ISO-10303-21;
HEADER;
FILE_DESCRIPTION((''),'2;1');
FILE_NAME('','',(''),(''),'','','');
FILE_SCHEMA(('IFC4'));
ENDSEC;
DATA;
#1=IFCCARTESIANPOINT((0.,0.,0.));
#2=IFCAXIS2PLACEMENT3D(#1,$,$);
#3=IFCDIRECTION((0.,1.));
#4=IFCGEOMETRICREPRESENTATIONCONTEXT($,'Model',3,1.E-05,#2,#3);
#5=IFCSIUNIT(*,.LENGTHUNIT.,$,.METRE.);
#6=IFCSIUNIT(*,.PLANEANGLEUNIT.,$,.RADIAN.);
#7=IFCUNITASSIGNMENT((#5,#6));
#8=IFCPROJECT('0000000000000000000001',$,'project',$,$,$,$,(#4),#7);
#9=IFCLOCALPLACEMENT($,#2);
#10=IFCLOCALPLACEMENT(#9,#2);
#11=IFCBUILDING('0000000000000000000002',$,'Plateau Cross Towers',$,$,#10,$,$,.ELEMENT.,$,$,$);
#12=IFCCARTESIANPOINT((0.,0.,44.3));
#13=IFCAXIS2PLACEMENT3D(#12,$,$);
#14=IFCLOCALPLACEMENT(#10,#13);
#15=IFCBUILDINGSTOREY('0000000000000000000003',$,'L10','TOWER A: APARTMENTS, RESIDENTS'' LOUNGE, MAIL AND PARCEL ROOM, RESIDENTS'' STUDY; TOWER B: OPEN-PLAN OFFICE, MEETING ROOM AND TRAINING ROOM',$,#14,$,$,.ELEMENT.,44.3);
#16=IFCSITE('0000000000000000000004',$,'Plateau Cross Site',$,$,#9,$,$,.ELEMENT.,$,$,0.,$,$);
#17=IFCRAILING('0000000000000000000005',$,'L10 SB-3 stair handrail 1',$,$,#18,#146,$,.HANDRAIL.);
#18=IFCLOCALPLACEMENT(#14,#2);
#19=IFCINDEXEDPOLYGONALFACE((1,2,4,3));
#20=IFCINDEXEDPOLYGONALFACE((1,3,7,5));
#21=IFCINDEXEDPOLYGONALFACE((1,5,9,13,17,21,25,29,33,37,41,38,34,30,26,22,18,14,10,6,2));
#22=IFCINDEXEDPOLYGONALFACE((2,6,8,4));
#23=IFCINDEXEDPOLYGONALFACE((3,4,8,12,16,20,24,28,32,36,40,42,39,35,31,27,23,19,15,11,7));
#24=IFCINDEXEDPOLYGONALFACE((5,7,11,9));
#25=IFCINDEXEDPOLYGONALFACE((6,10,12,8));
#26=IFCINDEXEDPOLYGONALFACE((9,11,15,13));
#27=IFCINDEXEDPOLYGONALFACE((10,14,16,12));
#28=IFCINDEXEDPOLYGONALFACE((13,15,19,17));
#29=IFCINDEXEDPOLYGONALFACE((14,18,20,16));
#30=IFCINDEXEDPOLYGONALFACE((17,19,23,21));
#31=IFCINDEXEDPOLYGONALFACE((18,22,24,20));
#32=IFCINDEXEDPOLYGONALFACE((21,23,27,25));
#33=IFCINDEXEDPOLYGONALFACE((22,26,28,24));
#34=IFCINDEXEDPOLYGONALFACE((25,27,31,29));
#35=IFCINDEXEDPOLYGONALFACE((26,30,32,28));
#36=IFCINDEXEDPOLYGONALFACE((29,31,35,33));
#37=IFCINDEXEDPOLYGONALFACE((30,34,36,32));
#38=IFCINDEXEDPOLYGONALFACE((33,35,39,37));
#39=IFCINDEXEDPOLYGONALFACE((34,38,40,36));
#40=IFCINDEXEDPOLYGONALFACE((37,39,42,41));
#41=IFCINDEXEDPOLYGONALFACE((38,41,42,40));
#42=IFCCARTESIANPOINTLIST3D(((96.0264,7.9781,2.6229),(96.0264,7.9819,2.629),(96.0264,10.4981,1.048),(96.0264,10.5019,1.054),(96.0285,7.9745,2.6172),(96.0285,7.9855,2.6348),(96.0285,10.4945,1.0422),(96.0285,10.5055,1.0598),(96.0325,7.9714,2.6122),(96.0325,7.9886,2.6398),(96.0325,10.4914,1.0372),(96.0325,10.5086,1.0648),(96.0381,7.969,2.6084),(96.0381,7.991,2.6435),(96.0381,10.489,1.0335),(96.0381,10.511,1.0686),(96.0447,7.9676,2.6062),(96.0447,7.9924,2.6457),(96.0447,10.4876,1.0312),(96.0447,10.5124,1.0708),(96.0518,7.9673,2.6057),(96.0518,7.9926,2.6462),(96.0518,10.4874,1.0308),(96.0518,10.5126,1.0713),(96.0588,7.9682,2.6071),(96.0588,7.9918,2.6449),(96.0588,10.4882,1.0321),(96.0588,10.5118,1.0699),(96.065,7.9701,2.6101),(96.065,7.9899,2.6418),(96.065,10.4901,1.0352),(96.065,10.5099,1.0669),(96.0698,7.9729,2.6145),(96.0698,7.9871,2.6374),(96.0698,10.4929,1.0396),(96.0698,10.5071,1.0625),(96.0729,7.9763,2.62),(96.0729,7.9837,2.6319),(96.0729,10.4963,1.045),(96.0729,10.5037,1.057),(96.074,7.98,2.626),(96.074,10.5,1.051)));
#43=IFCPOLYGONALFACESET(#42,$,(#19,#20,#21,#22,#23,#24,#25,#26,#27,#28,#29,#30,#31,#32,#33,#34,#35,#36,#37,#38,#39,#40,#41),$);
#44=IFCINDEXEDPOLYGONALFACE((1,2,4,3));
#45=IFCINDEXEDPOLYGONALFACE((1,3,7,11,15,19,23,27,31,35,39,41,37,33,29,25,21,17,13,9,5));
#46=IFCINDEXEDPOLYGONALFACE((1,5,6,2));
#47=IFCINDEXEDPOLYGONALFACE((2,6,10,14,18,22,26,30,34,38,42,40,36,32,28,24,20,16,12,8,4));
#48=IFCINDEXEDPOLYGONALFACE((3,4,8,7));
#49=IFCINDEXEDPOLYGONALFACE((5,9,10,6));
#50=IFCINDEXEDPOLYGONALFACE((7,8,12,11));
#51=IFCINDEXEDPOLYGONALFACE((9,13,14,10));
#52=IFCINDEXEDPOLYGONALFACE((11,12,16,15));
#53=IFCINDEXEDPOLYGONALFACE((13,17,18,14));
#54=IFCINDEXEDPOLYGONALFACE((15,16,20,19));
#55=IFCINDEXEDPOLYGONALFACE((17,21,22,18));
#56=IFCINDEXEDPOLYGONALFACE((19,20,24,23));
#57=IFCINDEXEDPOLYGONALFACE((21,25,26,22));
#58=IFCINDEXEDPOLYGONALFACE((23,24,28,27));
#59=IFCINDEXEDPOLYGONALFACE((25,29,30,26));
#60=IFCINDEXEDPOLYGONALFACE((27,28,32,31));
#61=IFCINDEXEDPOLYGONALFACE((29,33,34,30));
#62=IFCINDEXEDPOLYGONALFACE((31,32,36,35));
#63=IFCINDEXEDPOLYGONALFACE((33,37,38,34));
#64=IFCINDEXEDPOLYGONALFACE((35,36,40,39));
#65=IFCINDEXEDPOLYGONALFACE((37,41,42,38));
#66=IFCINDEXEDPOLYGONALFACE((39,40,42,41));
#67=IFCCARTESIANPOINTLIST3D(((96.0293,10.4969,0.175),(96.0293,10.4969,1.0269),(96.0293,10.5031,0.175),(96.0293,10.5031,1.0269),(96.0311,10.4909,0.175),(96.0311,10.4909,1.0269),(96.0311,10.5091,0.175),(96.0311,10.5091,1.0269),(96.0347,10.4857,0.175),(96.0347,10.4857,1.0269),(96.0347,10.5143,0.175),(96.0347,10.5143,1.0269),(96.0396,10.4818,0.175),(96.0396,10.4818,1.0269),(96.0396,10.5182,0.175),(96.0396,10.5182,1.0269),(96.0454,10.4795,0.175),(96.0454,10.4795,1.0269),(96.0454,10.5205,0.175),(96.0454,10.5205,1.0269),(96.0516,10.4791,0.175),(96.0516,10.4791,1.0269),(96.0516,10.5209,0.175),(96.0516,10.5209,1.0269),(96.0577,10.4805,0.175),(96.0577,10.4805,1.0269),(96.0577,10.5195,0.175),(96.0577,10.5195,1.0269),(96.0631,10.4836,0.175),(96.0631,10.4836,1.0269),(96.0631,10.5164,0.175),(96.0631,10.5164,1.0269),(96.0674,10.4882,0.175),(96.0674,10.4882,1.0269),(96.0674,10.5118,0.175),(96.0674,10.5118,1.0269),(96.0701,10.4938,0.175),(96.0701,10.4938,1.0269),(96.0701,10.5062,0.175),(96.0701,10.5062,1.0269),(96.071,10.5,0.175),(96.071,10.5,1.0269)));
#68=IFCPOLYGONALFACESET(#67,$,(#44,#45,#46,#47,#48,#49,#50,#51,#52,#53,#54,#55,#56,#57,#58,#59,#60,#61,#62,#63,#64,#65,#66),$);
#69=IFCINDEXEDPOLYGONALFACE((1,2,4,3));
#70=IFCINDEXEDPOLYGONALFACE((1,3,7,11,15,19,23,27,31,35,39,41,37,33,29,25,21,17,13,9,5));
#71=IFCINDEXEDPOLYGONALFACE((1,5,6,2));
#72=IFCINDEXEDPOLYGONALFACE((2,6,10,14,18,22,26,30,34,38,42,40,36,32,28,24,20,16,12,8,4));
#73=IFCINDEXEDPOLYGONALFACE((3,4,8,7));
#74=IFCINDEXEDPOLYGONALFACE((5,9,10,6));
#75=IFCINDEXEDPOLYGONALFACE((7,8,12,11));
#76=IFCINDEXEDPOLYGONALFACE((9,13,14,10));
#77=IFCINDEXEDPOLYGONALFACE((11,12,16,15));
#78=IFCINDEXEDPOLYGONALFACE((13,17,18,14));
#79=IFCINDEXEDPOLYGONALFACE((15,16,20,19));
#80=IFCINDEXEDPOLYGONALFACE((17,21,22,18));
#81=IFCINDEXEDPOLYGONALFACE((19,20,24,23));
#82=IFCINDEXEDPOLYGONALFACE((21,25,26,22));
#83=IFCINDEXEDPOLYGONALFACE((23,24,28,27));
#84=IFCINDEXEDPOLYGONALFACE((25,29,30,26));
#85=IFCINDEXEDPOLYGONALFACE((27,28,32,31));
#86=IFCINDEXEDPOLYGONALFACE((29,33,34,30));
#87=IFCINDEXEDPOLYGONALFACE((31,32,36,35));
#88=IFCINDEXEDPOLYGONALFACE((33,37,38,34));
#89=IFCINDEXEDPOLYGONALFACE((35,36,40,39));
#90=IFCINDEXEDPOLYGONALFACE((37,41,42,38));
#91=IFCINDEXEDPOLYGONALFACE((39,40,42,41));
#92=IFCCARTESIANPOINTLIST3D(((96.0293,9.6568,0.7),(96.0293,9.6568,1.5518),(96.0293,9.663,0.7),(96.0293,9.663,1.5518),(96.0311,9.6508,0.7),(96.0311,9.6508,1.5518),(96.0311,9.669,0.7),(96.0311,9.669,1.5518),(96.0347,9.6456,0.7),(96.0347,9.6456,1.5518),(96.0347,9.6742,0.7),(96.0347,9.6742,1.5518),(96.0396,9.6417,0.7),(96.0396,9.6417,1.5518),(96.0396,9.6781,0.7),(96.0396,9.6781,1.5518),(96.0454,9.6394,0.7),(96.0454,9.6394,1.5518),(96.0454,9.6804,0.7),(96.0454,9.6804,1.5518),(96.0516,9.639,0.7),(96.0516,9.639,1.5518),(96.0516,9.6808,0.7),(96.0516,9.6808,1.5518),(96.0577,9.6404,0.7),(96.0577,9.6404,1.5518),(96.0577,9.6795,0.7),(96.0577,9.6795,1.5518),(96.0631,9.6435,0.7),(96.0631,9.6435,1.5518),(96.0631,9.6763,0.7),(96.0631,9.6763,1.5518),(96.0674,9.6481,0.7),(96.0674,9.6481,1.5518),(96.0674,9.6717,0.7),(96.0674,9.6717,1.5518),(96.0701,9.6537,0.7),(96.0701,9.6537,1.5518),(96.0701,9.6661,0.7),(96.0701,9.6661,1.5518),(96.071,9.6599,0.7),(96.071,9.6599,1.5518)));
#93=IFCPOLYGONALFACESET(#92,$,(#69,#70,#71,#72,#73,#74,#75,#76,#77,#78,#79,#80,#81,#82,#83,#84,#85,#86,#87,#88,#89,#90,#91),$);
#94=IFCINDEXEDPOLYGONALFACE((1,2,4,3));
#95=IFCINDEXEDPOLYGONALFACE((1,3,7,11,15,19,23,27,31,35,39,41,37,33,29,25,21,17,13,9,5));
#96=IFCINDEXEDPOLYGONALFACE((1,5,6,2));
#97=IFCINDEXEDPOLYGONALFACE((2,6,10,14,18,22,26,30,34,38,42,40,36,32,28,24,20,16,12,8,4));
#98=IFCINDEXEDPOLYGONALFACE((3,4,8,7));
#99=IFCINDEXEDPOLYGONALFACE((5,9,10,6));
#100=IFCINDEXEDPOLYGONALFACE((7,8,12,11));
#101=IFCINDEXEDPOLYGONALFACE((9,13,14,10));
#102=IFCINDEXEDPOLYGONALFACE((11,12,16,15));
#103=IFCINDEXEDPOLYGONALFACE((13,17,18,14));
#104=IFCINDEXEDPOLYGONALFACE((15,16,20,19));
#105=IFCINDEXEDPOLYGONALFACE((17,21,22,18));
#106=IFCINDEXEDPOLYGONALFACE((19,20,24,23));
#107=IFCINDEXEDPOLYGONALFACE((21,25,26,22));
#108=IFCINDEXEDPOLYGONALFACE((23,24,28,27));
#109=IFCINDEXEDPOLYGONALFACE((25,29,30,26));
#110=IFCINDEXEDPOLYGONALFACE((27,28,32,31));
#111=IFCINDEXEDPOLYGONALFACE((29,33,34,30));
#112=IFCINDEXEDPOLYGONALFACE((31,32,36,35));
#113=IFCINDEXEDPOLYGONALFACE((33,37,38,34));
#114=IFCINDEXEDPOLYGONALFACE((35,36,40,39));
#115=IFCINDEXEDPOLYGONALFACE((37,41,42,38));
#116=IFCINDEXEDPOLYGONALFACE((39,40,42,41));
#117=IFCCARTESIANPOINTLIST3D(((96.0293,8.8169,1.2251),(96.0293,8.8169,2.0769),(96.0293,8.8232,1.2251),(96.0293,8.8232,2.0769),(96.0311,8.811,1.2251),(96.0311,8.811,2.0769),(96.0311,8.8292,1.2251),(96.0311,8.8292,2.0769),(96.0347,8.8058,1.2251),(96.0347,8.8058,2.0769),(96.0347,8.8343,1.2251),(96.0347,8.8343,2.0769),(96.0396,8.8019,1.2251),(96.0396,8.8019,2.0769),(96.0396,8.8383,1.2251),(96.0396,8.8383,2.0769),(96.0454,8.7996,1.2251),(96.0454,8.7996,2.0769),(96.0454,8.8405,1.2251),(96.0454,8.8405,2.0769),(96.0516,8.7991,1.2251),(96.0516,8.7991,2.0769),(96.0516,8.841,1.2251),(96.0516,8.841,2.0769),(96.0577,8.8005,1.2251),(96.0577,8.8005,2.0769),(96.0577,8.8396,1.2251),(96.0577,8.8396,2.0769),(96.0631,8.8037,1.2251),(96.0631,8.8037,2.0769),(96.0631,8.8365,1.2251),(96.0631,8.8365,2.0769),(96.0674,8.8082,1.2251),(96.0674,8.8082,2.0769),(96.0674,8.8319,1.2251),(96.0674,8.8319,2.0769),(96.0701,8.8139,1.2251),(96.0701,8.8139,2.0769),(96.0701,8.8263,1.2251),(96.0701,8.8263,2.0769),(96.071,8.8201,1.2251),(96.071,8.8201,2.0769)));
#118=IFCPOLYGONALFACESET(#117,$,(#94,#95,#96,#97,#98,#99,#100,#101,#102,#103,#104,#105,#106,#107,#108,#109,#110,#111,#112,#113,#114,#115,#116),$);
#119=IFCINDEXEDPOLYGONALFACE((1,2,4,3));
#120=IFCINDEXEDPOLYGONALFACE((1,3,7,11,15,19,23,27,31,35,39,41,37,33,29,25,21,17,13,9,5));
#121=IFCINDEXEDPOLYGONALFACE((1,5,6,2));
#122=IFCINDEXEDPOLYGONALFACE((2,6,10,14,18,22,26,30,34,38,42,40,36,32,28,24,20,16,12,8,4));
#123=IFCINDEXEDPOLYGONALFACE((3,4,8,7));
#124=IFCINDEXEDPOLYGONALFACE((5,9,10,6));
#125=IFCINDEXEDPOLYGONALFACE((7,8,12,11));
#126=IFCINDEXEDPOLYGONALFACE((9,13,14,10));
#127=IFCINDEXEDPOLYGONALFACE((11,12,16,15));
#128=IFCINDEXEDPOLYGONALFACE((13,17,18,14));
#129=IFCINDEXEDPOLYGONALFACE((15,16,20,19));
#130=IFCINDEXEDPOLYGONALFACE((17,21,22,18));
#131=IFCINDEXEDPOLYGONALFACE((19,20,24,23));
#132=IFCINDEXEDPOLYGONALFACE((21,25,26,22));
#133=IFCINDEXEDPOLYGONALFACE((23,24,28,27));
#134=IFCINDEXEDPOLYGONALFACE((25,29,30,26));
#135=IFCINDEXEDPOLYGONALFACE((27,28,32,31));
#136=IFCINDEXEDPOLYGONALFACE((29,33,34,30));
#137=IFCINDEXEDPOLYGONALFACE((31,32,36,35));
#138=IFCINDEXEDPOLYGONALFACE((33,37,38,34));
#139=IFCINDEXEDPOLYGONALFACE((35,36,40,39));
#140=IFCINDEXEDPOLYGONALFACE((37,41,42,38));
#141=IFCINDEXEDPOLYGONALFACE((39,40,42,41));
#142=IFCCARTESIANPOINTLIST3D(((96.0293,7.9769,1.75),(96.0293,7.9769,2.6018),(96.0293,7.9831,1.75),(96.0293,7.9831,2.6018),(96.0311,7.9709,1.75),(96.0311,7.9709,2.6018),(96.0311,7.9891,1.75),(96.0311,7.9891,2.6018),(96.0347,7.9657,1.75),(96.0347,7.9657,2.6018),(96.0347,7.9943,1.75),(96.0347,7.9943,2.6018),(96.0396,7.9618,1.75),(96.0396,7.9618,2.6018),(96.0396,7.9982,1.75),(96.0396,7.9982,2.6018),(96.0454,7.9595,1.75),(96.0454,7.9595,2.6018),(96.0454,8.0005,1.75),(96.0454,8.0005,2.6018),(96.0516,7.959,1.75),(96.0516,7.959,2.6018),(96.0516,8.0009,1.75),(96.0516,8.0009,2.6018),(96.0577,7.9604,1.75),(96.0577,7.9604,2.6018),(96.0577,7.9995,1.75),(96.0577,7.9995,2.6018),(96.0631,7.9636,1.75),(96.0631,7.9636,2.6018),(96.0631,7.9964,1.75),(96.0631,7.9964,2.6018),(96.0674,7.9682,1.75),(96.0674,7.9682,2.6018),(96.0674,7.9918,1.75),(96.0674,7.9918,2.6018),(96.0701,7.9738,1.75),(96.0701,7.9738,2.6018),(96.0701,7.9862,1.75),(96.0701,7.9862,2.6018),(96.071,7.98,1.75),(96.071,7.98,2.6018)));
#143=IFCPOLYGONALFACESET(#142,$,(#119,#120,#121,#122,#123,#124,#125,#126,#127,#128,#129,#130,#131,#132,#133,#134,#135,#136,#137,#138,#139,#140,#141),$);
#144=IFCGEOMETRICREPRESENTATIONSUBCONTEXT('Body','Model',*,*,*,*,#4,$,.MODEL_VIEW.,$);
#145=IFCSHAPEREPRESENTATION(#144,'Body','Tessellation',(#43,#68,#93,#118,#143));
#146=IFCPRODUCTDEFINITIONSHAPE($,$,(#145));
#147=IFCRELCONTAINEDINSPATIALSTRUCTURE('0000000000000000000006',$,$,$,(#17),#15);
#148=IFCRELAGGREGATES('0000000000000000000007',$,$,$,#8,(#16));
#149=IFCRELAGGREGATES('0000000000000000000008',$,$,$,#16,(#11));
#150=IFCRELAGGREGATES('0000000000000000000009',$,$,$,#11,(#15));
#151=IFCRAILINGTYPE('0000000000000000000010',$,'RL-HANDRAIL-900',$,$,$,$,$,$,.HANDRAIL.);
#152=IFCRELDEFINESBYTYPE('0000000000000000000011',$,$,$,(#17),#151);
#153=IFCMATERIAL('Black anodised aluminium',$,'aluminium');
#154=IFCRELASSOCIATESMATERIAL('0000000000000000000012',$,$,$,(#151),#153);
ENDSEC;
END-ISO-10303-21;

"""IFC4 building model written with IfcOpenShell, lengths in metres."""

from ifc_helpers import new_model, si_unit, direction, frame, origin, origin_2d, place, context, subcontext, project, spatial, circle, extrude, material, type_object, element, save


model = new_model("IFC4")

# Units and contexts
model_context = context("Model", 3, precision=1e-05, world=origin(), true_north=direction((0.0, 1.0)))
body_context = subcontext(model_context, "Body", "Model", "MODEL_VIEW")
ifc_project = project(units=[si_unit("LENGTHUNIT", "METRE"), si_unit("PLANEANGLEUNIT", "RADIAN")], contexts=[model_context])

# Site, building, storey
site_placement = place(None, origin())
site = spatial("IfcSite", under=ifc_project, at=site_placement, Name="Plateau Cross Site", CompositionType="ELEMENT", RefElevation=0.0)
building_placement = place(site_placement, origin())
building = spatial("IfcBuilding", under=site, at=building_placement, Name="Plateau Cross Towers", CompositionType="ELEMENT")
storey_placement = place(building_placement, frame((0.0, 0.0, 44.3)))
storey = spatial("IfcBuildingStorey", under=building, at=storey_placement, Name="L10", Description="TOWER A: APARTMENTS, RESIDENTS' LOUNGE, MAIL AND PARCEL ROOM, RESIDENTS' STUDY; TOWER B: OPEN-PLAN OFFICE, MEETING ROOM AND TRAINING ROOM", CompositionType="ELEMENT", Elevation=44.3)

# Shared definitions
ifc_material_1 = material(Name="Black anodised aluminium", Category="aluminium")

# Railing
railing_type_1 = type_object("IfcRailingType", Name="RL-HANDRAIL-900", PredefinedType="HANDRAIL", material=ifc_material_1)
railing_1_placement = place(storey_placement, frame((96.05, 10.5, 0.175)))
element("IfcRailing", 1, at=railing_1_placement, inside=storey, type_object=railing_type_1, Name="L10 SB-3 stair handrail 1", PredefinedType="HANDRAIL", context=body_context, shape_type="SweptSolid", body=[
    extrude(circle(Radius=0.0239, at=origin_2d()), frame((0.0, 0.0, 0.876), z_axis=(0.0, -0.848008, 0.529984), x_axis=(1.0, 0.0, 0.0)), (0.0, 0.0, 1.0), 2.9717),
    extrude(circle(Radius=0.021, at=origin_2d()), origin(), (0.0, 0.0, 1.0), 0.8518),
    extrude(circle(Radius=0.021, at=origin_2d()), frame((0.0, -0.8401, 0.5249)), (0.0, 0.0, 1.0), 0.8518),
    extrude(circle(Radius=0.021, at=origin_2d()), frame((0.0, -1.6799, 1.05)), (0.0, 0.0, 1.0), 0.8518),
    extrude(circle(Radius=0.021, at=origin_2d()), frame((0.0, -2.52, 1.575)), (0.0, 0.0, 1.0), 0.8518),
])

save(model, "model.ifc")
